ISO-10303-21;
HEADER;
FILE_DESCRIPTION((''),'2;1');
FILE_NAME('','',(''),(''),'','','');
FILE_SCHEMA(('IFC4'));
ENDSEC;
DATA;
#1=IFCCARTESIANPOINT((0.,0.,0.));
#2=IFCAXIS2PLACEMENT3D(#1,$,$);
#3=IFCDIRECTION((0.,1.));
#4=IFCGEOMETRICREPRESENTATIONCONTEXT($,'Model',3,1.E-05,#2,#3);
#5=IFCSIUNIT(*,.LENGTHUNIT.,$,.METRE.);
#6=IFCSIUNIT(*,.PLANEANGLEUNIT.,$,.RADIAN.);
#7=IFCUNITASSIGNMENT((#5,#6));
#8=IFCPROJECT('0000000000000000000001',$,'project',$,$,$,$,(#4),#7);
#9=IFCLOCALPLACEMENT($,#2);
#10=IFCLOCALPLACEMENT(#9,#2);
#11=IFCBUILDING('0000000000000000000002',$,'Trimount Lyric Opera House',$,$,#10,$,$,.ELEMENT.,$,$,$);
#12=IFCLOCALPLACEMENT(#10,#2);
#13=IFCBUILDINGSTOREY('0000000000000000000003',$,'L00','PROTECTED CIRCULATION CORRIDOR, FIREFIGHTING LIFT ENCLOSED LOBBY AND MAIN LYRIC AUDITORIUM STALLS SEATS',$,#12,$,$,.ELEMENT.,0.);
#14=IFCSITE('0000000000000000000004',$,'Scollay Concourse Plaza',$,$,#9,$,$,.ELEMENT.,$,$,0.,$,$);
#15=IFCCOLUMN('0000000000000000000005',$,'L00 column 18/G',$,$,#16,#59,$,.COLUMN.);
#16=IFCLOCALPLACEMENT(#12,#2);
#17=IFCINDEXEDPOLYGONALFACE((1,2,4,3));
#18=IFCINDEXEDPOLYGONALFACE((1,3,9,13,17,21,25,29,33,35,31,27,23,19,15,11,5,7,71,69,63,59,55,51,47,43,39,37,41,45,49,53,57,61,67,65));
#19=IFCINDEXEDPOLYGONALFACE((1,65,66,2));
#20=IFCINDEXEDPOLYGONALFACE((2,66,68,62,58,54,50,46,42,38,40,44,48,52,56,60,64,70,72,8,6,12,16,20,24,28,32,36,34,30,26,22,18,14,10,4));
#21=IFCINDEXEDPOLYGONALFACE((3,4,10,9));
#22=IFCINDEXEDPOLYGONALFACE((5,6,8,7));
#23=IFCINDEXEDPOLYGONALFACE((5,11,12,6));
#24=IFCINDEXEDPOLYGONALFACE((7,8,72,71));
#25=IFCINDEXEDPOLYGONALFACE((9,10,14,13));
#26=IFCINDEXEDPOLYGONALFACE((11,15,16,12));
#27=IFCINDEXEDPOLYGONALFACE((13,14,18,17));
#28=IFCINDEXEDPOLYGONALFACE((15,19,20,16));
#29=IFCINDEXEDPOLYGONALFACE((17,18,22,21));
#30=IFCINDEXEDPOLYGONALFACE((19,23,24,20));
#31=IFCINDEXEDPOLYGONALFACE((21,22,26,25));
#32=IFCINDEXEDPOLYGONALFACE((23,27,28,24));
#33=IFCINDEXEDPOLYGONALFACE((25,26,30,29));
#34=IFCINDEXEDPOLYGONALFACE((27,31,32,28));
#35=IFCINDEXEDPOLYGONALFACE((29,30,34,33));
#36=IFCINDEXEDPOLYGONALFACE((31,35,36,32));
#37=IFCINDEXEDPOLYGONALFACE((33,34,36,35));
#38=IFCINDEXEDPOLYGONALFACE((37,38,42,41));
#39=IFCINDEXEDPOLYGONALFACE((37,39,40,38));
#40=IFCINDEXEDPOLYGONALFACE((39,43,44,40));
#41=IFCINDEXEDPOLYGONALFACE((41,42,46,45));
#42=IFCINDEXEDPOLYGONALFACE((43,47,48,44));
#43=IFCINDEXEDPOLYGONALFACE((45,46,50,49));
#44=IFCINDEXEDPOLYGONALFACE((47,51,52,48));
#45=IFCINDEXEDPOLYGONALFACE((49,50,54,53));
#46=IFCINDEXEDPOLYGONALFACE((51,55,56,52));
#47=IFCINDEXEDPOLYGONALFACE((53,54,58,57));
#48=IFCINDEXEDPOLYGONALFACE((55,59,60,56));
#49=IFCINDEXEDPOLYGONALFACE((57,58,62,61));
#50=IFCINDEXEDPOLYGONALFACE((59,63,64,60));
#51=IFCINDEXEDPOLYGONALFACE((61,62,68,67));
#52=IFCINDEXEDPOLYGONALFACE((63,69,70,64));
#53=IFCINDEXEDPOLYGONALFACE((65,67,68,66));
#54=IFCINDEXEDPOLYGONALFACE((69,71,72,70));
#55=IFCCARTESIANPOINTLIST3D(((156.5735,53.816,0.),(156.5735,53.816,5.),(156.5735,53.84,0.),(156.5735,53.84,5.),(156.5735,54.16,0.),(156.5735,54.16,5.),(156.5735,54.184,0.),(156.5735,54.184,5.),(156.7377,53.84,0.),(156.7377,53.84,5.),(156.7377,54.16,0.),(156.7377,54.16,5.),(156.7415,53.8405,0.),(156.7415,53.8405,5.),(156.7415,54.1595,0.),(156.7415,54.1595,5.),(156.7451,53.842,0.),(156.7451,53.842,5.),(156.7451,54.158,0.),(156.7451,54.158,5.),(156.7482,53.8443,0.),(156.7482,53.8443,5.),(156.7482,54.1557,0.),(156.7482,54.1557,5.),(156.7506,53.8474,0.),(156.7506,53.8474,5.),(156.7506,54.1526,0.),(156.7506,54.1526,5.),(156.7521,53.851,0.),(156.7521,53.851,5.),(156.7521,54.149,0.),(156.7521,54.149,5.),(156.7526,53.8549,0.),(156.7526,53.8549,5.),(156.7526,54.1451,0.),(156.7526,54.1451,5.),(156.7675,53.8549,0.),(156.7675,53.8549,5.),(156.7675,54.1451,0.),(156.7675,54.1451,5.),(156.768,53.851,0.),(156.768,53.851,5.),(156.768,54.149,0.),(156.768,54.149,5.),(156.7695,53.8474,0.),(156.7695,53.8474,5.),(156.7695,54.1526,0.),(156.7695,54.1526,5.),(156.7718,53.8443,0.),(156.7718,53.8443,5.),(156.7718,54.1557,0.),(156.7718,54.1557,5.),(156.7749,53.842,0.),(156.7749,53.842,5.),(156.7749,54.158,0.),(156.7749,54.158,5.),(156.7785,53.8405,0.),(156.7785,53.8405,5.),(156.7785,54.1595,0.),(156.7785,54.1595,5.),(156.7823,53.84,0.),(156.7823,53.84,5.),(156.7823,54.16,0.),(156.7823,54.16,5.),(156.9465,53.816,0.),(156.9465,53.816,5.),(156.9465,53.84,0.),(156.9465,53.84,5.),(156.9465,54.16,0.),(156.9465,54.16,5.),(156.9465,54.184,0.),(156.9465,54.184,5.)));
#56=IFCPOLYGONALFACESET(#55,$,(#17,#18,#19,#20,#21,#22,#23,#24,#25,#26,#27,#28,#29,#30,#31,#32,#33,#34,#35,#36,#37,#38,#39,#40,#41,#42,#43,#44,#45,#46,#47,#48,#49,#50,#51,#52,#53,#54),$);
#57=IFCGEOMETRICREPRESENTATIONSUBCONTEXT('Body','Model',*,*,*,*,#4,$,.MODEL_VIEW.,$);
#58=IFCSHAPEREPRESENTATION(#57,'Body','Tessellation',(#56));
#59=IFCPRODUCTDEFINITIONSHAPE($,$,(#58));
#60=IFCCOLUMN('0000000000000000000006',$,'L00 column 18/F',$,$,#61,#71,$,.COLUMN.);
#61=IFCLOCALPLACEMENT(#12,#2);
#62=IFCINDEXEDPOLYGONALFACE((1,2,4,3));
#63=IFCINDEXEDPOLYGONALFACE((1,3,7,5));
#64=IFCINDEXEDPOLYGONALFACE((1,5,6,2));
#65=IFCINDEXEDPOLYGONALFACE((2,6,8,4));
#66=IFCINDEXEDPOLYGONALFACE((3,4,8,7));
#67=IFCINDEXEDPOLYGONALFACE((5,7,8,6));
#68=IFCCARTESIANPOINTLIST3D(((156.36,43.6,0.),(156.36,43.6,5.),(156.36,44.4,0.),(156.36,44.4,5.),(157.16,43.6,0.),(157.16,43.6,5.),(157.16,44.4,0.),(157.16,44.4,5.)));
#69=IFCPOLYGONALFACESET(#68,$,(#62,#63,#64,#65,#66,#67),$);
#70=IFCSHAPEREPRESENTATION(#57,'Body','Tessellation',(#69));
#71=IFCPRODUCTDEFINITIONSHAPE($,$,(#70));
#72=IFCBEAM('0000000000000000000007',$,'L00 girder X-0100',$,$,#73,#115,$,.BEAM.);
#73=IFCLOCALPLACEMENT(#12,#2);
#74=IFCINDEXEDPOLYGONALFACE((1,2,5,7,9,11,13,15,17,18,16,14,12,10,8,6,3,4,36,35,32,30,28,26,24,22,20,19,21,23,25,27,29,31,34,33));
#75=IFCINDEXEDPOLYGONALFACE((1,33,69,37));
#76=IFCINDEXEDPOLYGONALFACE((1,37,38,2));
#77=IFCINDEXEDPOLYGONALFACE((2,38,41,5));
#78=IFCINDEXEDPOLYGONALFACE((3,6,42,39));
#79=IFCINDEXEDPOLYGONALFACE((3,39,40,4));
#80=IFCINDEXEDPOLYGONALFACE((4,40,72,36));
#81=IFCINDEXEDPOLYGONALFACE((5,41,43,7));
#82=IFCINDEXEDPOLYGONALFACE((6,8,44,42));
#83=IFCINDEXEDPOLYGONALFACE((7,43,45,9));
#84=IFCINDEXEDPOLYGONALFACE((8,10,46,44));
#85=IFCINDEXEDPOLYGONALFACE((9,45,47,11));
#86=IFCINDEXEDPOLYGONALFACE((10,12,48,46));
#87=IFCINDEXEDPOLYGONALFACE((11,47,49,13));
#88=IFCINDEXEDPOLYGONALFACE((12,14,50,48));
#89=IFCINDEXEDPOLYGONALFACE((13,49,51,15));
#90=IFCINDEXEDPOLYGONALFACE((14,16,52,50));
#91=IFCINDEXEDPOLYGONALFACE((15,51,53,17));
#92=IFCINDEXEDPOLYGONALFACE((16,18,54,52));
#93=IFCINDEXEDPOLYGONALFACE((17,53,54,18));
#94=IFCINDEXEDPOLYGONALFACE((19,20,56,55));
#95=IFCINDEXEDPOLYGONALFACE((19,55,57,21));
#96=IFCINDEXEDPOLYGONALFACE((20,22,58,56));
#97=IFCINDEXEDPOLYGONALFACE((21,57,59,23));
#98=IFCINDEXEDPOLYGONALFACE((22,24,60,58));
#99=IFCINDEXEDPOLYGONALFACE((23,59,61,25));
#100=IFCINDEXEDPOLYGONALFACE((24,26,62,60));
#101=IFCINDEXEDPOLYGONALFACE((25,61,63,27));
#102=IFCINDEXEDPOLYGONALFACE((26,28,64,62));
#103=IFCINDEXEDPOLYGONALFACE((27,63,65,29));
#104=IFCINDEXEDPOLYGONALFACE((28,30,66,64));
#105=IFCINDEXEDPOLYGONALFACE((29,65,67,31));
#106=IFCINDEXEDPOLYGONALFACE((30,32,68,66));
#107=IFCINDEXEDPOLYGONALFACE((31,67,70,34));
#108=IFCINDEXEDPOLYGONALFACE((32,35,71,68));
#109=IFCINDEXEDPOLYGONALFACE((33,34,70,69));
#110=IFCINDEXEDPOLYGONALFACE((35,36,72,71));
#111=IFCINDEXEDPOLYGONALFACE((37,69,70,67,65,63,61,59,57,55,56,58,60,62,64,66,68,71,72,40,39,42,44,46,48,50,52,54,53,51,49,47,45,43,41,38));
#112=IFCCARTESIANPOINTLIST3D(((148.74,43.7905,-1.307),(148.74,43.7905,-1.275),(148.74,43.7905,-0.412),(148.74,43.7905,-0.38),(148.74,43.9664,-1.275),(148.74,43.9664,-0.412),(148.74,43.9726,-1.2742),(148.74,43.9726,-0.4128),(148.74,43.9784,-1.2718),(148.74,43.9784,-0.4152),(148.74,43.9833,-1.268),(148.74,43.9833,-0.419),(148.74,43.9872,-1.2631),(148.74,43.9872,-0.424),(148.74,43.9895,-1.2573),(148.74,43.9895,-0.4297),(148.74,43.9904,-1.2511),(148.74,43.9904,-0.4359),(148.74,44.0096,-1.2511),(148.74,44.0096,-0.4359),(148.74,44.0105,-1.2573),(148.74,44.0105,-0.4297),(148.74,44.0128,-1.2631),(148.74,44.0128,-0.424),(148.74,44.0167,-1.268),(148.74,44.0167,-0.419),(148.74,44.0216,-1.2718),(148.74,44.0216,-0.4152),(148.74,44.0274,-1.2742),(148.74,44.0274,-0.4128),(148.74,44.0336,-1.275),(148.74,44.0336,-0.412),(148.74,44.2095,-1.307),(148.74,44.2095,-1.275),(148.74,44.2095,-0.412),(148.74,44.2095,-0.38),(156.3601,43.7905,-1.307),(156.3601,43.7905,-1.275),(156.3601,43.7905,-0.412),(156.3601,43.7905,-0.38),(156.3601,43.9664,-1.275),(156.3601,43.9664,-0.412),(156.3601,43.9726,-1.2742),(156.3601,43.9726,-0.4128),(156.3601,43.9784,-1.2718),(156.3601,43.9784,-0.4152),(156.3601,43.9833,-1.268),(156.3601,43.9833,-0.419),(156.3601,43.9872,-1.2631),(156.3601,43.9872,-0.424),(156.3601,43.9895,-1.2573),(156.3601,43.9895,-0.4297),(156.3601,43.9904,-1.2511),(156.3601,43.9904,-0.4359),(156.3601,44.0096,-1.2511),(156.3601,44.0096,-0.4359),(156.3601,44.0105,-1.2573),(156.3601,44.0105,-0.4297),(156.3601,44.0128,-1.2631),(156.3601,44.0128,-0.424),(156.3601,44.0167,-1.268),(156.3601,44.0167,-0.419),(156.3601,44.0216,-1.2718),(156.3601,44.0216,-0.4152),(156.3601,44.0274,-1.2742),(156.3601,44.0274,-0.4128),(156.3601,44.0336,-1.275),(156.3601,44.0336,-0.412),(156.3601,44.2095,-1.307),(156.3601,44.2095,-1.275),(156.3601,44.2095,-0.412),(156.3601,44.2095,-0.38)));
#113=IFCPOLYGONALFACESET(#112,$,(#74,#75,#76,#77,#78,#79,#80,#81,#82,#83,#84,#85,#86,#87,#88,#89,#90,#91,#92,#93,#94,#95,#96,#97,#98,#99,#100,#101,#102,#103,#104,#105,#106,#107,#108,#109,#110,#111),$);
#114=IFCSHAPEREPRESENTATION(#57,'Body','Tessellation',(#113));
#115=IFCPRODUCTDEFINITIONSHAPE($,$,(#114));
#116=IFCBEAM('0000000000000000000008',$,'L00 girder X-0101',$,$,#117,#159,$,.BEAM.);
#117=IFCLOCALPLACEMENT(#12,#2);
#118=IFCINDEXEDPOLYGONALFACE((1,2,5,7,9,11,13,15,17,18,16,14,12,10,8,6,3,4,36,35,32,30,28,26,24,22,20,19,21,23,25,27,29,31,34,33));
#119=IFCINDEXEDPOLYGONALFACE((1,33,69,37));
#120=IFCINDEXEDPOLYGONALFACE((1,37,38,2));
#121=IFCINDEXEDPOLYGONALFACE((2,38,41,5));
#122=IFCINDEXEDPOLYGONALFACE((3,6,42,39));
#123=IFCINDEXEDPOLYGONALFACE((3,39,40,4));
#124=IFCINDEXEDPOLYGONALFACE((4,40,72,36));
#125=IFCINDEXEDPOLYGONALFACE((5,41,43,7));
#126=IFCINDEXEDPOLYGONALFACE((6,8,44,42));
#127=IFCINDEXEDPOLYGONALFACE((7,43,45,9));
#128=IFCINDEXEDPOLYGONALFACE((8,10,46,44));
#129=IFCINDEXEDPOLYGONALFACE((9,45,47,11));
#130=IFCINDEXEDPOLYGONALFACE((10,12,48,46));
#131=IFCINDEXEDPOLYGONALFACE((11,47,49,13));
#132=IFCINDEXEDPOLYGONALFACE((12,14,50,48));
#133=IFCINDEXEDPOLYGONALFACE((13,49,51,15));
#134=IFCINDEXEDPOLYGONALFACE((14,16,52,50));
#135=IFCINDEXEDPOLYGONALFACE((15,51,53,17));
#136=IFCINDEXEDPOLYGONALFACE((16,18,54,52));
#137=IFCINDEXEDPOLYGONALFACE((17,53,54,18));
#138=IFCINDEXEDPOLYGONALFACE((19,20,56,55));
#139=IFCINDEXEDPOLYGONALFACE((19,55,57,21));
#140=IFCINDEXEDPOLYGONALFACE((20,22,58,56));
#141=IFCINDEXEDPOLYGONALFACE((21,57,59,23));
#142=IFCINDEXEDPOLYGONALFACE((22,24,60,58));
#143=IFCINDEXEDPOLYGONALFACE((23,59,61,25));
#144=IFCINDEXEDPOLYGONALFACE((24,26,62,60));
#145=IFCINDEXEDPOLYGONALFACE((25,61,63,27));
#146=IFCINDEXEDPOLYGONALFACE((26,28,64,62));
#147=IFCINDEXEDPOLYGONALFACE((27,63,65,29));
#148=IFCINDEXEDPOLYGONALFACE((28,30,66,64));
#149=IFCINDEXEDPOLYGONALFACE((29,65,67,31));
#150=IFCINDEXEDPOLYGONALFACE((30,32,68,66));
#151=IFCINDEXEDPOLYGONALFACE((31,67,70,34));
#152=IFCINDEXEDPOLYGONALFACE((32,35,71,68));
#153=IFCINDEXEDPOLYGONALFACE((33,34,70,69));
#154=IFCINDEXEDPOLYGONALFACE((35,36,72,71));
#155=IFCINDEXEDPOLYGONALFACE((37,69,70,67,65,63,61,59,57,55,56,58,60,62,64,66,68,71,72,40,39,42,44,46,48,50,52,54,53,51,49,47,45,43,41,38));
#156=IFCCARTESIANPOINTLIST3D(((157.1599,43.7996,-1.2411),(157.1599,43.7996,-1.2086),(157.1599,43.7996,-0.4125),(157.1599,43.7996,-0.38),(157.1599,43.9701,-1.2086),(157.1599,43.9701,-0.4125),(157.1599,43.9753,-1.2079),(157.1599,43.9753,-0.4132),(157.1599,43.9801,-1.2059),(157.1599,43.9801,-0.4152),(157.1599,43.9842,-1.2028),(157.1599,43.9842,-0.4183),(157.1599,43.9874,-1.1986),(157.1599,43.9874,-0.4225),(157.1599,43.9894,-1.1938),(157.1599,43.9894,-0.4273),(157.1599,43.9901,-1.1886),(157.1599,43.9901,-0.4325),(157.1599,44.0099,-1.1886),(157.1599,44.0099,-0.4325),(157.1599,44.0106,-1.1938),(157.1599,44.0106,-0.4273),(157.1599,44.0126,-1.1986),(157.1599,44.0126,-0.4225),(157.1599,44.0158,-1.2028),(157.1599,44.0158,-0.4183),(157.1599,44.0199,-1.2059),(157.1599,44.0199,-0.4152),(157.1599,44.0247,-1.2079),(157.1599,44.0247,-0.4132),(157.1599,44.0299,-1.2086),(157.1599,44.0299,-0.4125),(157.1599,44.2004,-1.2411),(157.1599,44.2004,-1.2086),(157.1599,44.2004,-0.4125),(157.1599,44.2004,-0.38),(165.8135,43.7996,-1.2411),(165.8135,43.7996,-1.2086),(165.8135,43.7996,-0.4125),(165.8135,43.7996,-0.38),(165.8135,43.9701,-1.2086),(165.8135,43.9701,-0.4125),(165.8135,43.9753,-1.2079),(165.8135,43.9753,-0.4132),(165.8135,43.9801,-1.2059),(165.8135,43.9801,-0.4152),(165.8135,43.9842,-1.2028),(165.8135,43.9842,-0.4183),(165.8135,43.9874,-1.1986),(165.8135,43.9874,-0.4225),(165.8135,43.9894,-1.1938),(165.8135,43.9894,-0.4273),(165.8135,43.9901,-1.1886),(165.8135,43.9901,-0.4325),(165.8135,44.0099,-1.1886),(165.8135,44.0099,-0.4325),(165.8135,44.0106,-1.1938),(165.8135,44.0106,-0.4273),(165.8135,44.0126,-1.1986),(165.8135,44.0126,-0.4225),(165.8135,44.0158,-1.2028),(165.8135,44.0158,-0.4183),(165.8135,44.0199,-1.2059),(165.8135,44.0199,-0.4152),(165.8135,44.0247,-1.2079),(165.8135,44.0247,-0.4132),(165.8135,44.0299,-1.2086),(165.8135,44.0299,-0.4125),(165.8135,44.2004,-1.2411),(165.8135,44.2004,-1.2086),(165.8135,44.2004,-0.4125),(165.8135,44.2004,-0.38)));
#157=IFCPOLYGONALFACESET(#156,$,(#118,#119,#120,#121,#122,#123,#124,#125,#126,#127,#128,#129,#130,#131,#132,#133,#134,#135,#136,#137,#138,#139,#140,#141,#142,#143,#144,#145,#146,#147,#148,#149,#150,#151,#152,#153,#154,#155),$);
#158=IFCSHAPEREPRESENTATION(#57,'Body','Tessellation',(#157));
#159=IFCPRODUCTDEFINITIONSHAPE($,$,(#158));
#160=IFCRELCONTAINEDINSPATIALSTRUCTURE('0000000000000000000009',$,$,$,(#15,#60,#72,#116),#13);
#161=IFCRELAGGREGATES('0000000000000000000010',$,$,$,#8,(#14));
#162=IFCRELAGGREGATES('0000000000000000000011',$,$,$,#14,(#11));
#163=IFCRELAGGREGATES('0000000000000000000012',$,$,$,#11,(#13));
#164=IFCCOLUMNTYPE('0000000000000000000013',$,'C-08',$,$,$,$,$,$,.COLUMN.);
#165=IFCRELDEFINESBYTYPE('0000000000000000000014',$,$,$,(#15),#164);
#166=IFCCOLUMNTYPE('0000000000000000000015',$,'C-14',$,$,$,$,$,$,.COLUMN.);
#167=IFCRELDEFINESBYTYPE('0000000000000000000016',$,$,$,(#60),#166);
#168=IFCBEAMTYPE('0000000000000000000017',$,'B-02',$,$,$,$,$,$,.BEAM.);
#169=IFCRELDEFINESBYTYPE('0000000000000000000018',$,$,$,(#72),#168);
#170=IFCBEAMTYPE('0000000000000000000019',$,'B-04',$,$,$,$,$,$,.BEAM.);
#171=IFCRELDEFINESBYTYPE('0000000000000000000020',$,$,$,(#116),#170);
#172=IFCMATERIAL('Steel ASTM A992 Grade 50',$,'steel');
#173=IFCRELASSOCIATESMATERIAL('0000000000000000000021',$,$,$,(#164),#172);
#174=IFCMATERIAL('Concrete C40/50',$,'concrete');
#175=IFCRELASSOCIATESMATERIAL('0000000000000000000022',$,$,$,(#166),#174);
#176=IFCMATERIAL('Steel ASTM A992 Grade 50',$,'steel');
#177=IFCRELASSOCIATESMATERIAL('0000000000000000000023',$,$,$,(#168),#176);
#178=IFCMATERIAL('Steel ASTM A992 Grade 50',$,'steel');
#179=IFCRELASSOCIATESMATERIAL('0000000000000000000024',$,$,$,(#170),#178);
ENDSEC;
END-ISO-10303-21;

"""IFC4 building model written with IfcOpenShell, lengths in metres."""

from ifc_helpers import new_model, si_unit, direction, frame, origin, origin_2d, place, context, subcontext, project, spatial, rectangle, i_section, extrude, material, material_profile, profile_set, type_object, element, save


model = new_model("IFC4")

# Units and contexts
model_context = context("Model", 3, precision=1e-05, world=origin(), true_north=direction((0.0, 1.0)))
body_context = subcontext(model_context, "Body", "Model", "MODEL_VIEW")
ifc_project = project(units=[si_unit("LENGTHUNIT", "METRE"), si_unit("PLANEANGLEUNIT", "RADIAN")], contexts=[model_context])

# Site, building, storey
site_placement = place(None, origin())
site = spatial("IfcSite", under=ifc_project, at=site_placement, Name="Scollay Concourse Plaza", CompositionType="ELEMENT", RefElevation=0.0)
building_placement = place(site_placement, origin())
building = spatial("IfcBuilding", under=site, at=building_placement, Name="Trimount Lyric Opera House", CompositionType="ELEMENT")
storey_placement = place(building_placement, origin())
storey = spatial("IfcBuildingStorey", under=building, at=storey_placement, Name="L00", Description="PROTECTED CIRCULATION CORRIDOR, FIREFIGHTING LIFT ENCLOSED LOBBY AND MAIN LYRIC AUDITORIUM STALLS SEATS", CompositionType="ELEMENT", Elevation=0.0)

# Columns
ifc_material_1 = material(Name="Steel ASTM A992 Grade 50", Category="steel")
ifc_material_profile_1 = material_profile(ifc_material_1, i_section(OverallWidth=0.373, OverallDepth=0.3679, WebThickness=0.0149, FlangeThickness=0.0239, FilletRadius=0.0149, at=origin_2d()), Name="W14X120")
ifc_profile_set_1 = profile_set([ifc_material_profile_1], Name="Steel ASTM A992 Grade 50")
column_type_1 = type_object("IfcColumnType", Name="C-08", PredefinedType="COLUMN", material=ifc_profile_set_1)
column_1_placement = place(storey_placement, frame((156.76, 54.0, 0.0), z_axis=(0.0, 0.0, 1.0), x_axis=(1.0, 0.0, 0.0)))
element("IfcColumn", 1, at=column_1_placement, inside=storey, type_object=column_type_1, Name="L00 column 18/G", PredefinedType="COLUMN", context=body_context, shape_type="SweptSolid", body=[
    extrude(i_section(OverallWidth=0.373, OverallDepth=0.3679, WebThickness=0.0149, FlangeThickness=0.0239, FilletRadius=0.0149, at=origin_2d()), origin(), (0.0, 0.0, 1.0), 5.0),
])
ifc_material_2 = material(Name="Concrete C40/50", Category="concrete")
ifc_material_profile_2 = material_profile(ifc_material_2, rectangle(XDim=0.8, YDim=0.8, at=origin_2d()), Name="RC800X800")
ifc_profile_set_2 = profile_set([ifc_material_profile_2], Name="Concrete C40/50")
column_type_2 = type_object("IfcColumnType", Name="C-14", PredefinedType="COLUMN", material=ifc_profile_set_2)
column_2_placement = place(storey_placement, frame((156.76, 44.0, 0.0), z_axis=(0.0, 0.0, 1.0), x_axis=(1.0, 0.0, 0.0)))
element("IfcColumn", 2, at=column_2_placement, inside=storey, type_object=column_type_2, Name="L00 column 18/F", PredefinedType="COLUMN", context=body_context, shape_type="SweptSolid", body=[
    extrude(rectangle(XDim=0.8, YDim=0.8, at=origin_2d()), origin(), (0.0, 0.0, 1.0), 5.0),
])

# Beams
ifc_material_3 = material(Name="Steel ASTM A992 Grade 50", Category="steel")
ifc_material_profile_3 = material_profile(ifc_material_3, i_section(OverallWidth=0.4189, OverallDepth=0.927, WebThickness=0.0193, FlangeThickness=0.032, FilletRadius=0.0239, at=origin_2d()), Name="W36X231")
ifc_profile_set_3 = profile_set([ifc_material_profile_3], Name="Steel ASTM A992 Grade 50")
beam_type_1 = type_object("IfcBeamType", Name="B-02", PredefinedType="BEAM", material=ifc_profile_set_3)
beam_1_placement = place(storey_placement, frame((148.74, 44.0, -0.8435), z_axis=(1.0, 0.0, 0.0), x_axis=(0.0, 1.0, 0.0)))
element("IfcBeam", 3, at=beam_1_placement, inside=storey, type_object=beam_type_1, Name="L00 girder X-0100", PredefinedType="BEAM", context=body_context, shape_type="SweptSolid", body=[
    extrude(i_section(OverallWidth=0.4189, OverallDepth=0.927, WebThickness=0.0193, FlangeThickness=0.032, FilletRadius=0.0239, at=origin_2d()), origin(), (0.0, 0.0, 1.0), 7.6201),
])
ifc_material_4 = material(Name="Steel ASTM A992 Grade 50", Category="steel")
ifc_material_profile_4 = material_profile(ifc_material_4, i_section(OverallWidth=0.4009, OverallDepth=0.8611, WebThickness=0.0198, FlangeThickness=0.0325, FilletRadius=0.02, at=origin_2d()), Name="W33X221")
ifc_profile_set_4 = profile_set([ifc_material_profile_4], Name="Steel ASTM A992 Grade 50")
beam_type_2 = type_object("IfcBeamType", Name="B-04", PredefinedType="BEAM", material=ifc_profile_set_4)
beam_2_placement = place(storey_placement, frame((157.1599, 44.0, -0.8105), z_axis=(1.0, 0.0, 0.0), x_axis=(0.0, 1.0, 0.0)))
element("IfcBeam", 4, at=beam_2_placement, inside=storey, type_object=beam_type_2, Name="L00 girder X-0101", PredefinedType="BEAM", context=body_context, shape_type="SweptSolid", body=[
    extrude(i_section(OverallWidth=0.4009, OverallDepth=0.8611, WebThickness=0.0198, FlangeThickness=0.0325, FilletRadius=0.02, at=origin_2d()), origin(), (0.0, 0.0, 1.0), 8.6536),
])

save(model, "model.ifc")
